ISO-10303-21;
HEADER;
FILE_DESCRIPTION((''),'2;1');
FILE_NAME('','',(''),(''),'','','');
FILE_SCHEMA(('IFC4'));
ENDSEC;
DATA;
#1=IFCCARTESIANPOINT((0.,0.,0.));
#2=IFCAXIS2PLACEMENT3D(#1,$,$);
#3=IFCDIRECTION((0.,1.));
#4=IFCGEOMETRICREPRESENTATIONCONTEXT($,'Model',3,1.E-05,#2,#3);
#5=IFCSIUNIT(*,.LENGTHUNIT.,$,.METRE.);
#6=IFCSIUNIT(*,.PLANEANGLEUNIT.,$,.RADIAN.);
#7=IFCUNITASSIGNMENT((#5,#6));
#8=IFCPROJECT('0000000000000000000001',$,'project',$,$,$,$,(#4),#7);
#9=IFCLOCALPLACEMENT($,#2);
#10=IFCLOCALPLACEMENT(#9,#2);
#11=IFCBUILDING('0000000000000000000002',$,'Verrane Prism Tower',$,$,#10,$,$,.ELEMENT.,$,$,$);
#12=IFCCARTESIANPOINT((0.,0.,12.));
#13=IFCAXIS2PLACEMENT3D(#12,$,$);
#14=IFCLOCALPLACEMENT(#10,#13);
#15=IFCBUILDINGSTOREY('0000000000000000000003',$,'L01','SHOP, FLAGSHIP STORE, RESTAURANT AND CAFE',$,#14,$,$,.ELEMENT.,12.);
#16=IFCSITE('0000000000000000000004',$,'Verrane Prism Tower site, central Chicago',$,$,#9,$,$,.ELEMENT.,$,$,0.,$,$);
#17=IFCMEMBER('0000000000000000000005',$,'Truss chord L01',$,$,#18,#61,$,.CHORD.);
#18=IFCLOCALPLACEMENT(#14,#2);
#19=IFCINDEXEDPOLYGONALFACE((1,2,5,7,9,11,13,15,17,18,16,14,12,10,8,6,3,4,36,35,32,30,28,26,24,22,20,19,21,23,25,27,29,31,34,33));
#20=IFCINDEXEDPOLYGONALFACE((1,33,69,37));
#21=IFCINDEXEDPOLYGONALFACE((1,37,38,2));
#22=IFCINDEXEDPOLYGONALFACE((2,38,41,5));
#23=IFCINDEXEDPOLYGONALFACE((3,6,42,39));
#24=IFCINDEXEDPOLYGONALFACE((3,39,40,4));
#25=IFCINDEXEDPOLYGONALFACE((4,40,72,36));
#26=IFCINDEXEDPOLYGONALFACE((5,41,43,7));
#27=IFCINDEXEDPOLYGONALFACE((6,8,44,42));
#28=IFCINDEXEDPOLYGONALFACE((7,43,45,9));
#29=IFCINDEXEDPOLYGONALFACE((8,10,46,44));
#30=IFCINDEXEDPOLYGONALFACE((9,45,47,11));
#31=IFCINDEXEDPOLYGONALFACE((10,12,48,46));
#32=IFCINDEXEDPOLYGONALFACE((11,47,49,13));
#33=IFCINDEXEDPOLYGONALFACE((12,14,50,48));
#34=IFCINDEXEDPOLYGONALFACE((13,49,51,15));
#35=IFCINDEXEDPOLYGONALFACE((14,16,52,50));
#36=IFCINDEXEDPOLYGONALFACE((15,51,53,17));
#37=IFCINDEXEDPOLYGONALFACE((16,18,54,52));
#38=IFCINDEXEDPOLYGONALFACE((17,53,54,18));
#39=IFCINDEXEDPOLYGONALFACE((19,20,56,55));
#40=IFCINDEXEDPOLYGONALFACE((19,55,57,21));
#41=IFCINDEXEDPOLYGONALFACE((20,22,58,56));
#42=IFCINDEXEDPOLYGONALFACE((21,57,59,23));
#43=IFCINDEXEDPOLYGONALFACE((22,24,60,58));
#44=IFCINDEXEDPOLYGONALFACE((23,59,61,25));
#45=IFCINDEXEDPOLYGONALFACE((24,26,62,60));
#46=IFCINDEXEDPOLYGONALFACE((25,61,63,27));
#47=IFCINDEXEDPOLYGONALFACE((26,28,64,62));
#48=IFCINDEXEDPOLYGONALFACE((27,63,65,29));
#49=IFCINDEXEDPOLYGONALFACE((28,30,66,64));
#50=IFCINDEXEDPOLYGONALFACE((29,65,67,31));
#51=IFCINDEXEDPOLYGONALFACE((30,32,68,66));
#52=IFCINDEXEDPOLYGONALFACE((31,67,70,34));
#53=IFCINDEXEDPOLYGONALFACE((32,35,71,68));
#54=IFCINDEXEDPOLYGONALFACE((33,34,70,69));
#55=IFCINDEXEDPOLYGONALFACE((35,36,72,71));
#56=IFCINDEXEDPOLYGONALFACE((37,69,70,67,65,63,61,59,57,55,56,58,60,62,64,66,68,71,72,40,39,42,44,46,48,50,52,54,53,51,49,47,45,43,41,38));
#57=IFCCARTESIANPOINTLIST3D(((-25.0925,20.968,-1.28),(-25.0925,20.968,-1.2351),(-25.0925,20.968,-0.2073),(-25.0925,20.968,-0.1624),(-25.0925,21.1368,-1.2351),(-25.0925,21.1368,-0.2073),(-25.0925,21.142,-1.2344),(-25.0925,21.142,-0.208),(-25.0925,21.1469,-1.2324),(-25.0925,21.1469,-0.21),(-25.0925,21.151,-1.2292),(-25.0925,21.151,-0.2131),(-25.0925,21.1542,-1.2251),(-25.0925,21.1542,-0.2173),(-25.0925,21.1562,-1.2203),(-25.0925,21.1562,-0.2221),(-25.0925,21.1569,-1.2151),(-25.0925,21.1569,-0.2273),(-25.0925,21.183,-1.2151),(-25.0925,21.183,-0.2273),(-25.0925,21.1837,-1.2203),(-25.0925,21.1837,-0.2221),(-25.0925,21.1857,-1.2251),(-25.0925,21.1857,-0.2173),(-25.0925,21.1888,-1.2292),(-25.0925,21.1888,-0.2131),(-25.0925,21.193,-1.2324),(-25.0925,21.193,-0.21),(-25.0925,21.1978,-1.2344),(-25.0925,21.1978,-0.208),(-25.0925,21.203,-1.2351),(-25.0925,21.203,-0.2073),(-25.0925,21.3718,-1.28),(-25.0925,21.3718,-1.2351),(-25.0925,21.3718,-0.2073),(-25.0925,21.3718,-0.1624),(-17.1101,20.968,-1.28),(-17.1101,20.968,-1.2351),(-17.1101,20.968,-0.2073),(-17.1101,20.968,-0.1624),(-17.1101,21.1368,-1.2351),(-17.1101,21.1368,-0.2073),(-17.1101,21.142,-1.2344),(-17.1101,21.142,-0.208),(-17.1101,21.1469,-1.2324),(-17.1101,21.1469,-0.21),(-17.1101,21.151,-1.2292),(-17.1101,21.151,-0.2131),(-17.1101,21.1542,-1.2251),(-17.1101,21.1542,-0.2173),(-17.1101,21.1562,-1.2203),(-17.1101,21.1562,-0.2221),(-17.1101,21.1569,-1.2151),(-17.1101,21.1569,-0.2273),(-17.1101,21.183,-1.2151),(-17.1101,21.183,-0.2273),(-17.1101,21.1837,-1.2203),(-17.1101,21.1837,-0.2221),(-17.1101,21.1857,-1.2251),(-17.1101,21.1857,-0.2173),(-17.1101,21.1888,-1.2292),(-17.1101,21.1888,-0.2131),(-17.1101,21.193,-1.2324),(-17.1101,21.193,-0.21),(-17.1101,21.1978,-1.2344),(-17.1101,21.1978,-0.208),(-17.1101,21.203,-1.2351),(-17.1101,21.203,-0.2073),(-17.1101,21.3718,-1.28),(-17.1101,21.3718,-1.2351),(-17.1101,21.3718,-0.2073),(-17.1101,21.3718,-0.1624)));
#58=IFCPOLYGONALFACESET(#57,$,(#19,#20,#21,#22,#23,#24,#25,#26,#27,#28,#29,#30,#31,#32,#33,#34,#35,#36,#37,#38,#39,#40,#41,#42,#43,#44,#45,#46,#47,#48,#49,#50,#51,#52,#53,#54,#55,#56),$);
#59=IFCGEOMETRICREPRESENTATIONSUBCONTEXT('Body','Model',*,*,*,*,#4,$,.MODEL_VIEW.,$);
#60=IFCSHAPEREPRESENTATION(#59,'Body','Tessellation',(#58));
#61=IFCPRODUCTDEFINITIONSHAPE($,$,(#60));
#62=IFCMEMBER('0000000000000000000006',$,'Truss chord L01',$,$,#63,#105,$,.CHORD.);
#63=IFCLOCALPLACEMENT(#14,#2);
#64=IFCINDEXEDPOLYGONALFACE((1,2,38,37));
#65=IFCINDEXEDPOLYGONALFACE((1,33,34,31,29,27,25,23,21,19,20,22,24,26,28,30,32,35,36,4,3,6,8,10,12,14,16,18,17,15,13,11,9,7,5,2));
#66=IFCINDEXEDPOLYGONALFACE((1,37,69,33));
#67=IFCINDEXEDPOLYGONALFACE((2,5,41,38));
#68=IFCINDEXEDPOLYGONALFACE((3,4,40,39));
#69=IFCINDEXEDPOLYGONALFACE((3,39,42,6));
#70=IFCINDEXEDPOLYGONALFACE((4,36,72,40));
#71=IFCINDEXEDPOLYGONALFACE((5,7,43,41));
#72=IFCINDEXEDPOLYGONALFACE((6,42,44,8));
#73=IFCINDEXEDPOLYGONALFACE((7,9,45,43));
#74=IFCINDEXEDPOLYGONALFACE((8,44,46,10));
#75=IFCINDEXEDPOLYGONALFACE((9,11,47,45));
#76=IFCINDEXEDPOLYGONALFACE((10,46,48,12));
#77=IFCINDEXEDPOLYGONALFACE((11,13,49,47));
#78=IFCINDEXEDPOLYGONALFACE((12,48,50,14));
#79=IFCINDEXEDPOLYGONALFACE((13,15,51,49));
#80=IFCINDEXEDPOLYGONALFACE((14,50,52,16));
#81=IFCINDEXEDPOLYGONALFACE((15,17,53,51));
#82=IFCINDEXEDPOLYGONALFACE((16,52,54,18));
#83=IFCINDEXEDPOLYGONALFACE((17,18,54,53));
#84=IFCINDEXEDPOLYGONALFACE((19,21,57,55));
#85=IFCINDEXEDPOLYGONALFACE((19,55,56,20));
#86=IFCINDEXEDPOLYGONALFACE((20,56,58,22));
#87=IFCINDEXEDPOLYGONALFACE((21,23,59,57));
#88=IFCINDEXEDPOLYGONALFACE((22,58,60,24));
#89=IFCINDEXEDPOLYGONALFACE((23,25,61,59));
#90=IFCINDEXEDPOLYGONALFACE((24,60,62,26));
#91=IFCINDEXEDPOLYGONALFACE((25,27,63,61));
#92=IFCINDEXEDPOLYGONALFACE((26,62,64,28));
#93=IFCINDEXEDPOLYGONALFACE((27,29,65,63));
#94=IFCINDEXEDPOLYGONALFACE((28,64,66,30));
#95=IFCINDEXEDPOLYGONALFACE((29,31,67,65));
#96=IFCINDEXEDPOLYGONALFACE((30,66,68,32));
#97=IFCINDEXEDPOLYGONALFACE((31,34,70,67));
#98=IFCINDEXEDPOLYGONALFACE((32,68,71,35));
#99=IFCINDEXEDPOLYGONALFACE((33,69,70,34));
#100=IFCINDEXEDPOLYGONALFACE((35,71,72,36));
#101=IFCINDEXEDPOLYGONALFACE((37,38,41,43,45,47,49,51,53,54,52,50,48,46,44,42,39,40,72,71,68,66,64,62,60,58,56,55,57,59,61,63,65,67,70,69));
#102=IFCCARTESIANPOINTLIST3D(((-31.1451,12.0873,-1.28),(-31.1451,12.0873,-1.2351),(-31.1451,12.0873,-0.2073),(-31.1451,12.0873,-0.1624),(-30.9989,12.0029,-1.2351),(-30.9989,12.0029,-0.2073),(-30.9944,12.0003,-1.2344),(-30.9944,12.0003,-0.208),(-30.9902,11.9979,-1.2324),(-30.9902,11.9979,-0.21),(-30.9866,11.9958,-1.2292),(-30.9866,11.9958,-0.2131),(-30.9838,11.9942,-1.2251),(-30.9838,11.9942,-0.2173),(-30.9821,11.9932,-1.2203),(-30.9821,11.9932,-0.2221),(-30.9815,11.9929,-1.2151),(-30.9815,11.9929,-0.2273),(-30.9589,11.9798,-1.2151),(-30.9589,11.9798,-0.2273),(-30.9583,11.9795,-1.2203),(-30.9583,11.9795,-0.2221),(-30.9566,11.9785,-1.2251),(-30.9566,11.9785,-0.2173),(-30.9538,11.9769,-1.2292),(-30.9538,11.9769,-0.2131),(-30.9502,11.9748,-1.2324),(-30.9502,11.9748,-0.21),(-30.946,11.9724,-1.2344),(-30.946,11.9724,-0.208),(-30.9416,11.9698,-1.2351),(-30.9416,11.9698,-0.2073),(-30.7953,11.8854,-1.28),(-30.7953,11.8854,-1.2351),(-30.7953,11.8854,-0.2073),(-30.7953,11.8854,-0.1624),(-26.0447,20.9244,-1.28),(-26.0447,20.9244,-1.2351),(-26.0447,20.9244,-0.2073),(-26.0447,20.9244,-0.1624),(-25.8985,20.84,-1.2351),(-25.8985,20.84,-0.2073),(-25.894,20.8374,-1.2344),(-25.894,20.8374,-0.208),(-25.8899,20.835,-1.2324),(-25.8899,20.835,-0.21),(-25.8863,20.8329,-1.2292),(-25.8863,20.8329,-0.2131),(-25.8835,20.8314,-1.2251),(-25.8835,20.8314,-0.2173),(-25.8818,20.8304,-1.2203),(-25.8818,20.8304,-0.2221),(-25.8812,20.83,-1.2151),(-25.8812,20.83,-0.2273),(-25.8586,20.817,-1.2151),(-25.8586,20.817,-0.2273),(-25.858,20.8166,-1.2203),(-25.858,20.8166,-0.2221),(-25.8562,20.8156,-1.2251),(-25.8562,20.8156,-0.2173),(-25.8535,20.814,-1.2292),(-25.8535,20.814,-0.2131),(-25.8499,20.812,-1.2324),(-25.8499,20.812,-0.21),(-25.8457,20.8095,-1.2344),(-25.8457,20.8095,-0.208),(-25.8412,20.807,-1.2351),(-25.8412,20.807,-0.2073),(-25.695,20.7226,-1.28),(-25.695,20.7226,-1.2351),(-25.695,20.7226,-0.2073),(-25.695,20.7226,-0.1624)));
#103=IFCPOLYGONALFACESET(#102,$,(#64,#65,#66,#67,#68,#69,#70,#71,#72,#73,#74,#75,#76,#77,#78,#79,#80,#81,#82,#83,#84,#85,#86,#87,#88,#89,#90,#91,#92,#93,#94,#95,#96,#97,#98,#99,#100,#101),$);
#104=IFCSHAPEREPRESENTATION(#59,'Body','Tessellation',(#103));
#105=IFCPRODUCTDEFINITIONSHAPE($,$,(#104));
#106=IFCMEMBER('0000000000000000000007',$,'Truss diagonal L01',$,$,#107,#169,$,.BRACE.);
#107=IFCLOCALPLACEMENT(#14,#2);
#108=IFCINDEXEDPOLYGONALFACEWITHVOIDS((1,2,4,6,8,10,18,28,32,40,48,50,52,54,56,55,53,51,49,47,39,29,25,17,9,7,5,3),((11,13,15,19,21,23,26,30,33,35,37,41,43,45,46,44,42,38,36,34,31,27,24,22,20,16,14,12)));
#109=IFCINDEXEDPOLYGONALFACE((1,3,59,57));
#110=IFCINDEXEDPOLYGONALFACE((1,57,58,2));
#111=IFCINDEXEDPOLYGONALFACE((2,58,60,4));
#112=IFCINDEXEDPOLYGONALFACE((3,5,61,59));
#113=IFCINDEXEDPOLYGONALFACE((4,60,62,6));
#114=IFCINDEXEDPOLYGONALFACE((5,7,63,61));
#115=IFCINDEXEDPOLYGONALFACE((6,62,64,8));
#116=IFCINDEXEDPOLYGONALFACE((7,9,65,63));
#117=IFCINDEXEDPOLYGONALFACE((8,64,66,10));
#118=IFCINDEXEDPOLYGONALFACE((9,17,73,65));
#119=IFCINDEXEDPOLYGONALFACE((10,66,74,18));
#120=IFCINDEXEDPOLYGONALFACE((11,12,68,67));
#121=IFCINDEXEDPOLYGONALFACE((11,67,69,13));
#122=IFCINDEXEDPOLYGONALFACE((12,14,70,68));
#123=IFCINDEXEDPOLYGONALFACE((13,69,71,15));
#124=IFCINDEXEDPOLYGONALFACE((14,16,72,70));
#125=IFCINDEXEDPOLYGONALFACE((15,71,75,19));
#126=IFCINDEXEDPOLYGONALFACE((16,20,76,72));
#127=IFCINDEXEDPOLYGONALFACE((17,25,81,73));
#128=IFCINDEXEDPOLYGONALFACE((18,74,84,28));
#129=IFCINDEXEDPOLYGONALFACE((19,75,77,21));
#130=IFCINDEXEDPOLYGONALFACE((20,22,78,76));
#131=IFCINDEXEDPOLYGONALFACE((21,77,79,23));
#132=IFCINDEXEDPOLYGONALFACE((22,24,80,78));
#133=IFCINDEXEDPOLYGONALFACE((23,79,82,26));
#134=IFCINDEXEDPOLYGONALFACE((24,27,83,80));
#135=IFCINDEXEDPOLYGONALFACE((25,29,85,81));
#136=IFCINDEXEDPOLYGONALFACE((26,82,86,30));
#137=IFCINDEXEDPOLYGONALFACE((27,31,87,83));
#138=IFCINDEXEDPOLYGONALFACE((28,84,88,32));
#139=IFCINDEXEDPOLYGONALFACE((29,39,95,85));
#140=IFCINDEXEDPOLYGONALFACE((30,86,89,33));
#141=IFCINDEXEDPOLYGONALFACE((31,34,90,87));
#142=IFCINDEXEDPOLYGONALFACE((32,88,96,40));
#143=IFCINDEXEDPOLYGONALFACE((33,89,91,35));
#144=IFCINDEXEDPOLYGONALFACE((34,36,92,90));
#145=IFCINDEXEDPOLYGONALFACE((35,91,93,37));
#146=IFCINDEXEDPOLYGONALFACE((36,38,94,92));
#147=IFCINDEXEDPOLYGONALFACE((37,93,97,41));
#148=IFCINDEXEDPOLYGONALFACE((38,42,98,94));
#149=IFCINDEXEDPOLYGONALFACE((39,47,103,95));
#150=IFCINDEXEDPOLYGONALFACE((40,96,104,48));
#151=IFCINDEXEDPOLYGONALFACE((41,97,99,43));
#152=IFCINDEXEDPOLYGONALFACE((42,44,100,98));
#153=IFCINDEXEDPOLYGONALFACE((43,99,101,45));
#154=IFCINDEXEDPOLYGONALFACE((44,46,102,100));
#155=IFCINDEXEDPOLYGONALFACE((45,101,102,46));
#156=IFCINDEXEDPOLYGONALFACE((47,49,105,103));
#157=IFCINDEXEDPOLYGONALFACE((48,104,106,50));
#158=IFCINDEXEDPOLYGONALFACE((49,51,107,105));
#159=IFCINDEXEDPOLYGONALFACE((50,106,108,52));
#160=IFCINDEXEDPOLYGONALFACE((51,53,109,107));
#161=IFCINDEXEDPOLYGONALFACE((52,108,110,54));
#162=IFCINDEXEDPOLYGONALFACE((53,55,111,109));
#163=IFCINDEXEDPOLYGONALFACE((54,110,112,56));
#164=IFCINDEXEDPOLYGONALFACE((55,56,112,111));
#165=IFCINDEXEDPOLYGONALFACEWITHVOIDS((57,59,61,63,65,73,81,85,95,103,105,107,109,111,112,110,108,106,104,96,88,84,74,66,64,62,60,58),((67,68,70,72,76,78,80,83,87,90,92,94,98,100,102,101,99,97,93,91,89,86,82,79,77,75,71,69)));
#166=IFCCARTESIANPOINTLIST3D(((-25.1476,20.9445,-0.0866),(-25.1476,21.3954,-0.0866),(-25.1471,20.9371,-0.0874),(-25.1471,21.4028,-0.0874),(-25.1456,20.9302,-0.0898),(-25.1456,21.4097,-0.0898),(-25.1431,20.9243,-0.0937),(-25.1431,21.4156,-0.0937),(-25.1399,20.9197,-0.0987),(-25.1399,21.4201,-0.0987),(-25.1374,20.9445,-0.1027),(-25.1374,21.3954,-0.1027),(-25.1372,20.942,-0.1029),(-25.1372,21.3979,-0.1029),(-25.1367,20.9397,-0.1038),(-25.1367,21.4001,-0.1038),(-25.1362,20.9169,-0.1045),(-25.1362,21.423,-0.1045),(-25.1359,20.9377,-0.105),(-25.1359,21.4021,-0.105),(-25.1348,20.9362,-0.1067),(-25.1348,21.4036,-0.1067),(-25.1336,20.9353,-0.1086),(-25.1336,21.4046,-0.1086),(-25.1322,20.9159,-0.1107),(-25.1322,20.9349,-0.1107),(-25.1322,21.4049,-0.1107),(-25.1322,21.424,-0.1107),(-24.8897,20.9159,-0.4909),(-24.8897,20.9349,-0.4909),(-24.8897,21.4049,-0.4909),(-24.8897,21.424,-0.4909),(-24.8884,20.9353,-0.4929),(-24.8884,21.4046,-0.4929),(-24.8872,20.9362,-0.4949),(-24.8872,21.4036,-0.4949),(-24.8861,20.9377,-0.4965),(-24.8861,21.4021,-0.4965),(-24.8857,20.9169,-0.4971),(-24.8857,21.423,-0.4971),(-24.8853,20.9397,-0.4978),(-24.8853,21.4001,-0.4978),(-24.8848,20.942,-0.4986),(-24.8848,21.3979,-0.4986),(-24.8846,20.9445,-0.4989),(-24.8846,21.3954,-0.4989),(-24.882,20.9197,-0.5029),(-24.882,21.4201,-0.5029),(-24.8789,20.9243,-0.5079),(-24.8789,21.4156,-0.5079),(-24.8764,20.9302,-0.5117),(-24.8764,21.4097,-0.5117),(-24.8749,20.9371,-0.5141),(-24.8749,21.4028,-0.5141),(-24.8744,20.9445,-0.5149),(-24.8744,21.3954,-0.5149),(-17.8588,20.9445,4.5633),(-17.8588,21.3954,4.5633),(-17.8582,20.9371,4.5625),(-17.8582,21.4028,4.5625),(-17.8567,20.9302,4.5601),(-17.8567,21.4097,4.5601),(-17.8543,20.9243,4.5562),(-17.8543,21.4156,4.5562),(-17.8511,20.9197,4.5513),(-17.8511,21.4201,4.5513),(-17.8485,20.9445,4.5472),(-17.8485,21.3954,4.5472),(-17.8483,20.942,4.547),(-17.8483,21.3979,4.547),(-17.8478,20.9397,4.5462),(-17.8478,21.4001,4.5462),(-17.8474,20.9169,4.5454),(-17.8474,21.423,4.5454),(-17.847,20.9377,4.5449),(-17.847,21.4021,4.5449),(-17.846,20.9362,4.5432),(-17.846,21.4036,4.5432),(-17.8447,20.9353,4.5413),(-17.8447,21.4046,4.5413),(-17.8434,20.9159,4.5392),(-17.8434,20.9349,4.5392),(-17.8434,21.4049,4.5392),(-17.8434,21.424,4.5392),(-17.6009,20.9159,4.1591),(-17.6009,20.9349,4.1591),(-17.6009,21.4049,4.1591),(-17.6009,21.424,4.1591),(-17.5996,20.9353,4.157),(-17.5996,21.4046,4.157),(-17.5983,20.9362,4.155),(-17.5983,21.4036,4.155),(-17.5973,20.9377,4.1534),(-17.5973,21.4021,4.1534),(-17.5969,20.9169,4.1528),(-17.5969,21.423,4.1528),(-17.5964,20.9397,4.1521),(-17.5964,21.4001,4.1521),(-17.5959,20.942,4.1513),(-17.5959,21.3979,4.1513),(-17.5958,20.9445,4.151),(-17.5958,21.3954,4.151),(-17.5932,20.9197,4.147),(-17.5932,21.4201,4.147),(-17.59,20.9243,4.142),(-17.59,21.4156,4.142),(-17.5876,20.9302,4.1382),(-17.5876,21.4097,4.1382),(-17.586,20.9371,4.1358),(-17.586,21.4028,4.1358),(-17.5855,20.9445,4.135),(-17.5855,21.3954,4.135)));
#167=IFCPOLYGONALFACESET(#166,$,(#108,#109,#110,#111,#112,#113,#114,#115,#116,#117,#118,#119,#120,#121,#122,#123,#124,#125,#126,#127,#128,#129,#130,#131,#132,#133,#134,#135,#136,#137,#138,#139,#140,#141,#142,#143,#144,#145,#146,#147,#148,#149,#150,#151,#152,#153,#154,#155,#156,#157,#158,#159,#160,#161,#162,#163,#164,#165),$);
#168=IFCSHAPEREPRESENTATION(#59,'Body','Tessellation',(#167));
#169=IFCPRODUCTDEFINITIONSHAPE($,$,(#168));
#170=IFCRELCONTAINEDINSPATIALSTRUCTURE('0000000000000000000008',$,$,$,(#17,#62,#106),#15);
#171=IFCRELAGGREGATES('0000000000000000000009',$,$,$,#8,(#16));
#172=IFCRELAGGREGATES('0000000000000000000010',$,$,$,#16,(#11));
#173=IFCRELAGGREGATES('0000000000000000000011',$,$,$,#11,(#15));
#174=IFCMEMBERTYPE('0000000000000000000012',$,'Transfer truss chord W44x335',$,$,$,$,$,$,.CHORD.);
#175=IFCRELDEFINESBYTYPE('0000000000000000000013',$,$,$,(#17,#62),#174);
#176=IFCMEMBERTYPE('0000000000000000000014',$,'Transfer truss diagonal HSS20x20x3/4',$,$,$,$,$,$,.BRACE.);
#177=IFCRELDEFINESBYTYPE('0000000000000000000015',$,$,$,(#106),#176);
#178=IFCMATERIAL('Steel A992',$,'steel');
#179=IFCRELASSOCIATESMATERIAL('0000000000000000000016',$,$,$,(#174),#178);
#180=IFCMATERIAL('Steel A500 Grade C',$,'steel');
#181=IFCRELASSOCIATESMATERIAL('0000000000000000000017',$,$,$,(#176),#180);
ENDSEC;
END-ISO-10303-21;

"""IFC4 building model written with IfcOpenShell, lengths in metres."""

from ifc_helpers import new_model, si_unit, direction, frame, origin, origin_2d, place, context, subcontext, project, spatial, hollow_rectangle, i_section, extrude, material, material_profile, profile_set, type_object, element, save


model = new_model("IFC4")

# Units and contexts
model_context = context("Model", 3, precision=1e-05, world=origin(), true_north=direction((0.0, 1.0)))
body_context = subcontext(model_context, "Body", "Model", "MODEL_VIEW")
ifc_project = project(units=[si_unit("LENGTHUNIT", "METRE"), si_unit("PLANEANGLEUNIT", "RADIAN")], contexts=[model_context])

# Site, building, storey
site_placement = place(None, origin())
site = spatial("IfcSite", under=ifc_project, at=site_placement, Name="Verrane Prism Tower site, central Chicago", CompositionType="ELEMENT", RefElevation=0.0)
building_placement = place(site_placement, origin())
building = spatial("IfcBuilding", under=site, at=building_placement, Name="Verrane Prism Tower", CompositionType="ELEMENT")
storey_placement = place(building_placement, frame((0.0, 0.0, 12.0)))
storey = spatial("IfcBuildingStorey", under=building, at=storey_placement, Name="L01", Description="SHOP, FLAGSHIP STORE, RESTAURANT AND CAFE", CompositionType="ELEMENT", Elevation=12.0)

# Members
ifc_material_1 = material(Name="Steel A992", Category="steel")
ifc_material_profile_1 = material_profile(ifc_material_1, i_section(OverallWidth=0.4038, OverallDepth=1.1177, WebThickness=0.0261, FlangeThickness=0.0449, FilletRadius=0.02, at=origin_2d()), Name="W44x335")
ifc_profile_set_1 = profile_set([ifc_material_profile_1], Name="Steel A992")
member_type_1 = type_object("IfcMemberType", Name="Transfer truss chord W44x335", PredefinedType="CHORD", material=ifc_profile_set_1)
member_1_placement = place(storey_placement, frame((-17.1101, 21.1699, -0.7212), z_axis=(-1.0, 0.0, 0.0), x_axis=(0.0, -1.0, 0.0)))
element("IfcMember", 1, at=member_1_placement, inside=storey, type_object=member_type_1, Name="Truss chord L01", PredefinedType="CHORD", context=body_context, shape_type="SweptSolid", body=[
    extrude(i_section(OverallWidth=0.4038, OverallDepth=1.1177, WebThickness=0.0261, FlangeThickness=0.0449, FilletRadius=0.02, at=origin_2d()), origin(), (0.0, 0.0, 1.0), 7.9824),
])
member_2_placement = place(storey_placement, frame((-25.8699, 20.8235, -0.7212), z_axis=(-0.499868, -0.866102, 0.0), x_axis=(0.866102, -0.499868, 0.0)))
element("IfcMember", 2, at=member_2_placement, inside=storey, type_object=member_type_1, Name="Truss chord L01", PredefinedType="CHORD", context=body_context, shape_type="SweptSolid", body=[
    extrude(i_section(OverallWidth=0.4038, OverallDepth=1.1177, WebThickness=0.0261, FlangeThickness=0.0449, FilletRadius=0.02, at=origin_2d()), origin(), (0.0, 0.0, 1.0), 10.2034),
])
ifc_material_2 = material(Name="Steel A500 Grade C", Category="steel")
ifc_material_profile_2 = material_profile(ifc_material_2, hollow_rectangle(XDim=0.5081, YDim=0.5081, WallThickness=0.019, InnerFilletRadius=0.0095, OuterFilletRadius=0.0286, at=origin_2d()), Name="HSS20x20x3/4")
ifc_profile_set_2 = profile_set([ifc_material_profile_2], Name="Steel A500 Grade C")
member_type_2 = type_object("IfcMemberType", Name="Transfer truss diagonal HSS20x20x3/4", PredefinedType="BRACE", material=ifc_profile_set_2)
member_3_placement = place(storey_placement, frame((-25.011, 21.1699, -0.3008), z_axis=(0.843055, 0.0, 0.537827), x_axis=(0.0, 1.0, 0.0)))
element("IfcMember", 3, at=member_3_placement, inside=storey, type_object=member_type_2, Name="Truss diagonal L01", PredefinedType="BRACE", context=body_context, shape_type="SweptSolid", body=[
    extrude(hollow_rectangle(XDim=0.5081, YDim=0.5081, WallThickness=0.019, InnerFilletRadius=0.0095, OuterFilletRadius=0.0286, at=origin_2d()), origin(), (0.0, 0.0, 1.0), 8.6458),
])

save(model, "model.ifc")
